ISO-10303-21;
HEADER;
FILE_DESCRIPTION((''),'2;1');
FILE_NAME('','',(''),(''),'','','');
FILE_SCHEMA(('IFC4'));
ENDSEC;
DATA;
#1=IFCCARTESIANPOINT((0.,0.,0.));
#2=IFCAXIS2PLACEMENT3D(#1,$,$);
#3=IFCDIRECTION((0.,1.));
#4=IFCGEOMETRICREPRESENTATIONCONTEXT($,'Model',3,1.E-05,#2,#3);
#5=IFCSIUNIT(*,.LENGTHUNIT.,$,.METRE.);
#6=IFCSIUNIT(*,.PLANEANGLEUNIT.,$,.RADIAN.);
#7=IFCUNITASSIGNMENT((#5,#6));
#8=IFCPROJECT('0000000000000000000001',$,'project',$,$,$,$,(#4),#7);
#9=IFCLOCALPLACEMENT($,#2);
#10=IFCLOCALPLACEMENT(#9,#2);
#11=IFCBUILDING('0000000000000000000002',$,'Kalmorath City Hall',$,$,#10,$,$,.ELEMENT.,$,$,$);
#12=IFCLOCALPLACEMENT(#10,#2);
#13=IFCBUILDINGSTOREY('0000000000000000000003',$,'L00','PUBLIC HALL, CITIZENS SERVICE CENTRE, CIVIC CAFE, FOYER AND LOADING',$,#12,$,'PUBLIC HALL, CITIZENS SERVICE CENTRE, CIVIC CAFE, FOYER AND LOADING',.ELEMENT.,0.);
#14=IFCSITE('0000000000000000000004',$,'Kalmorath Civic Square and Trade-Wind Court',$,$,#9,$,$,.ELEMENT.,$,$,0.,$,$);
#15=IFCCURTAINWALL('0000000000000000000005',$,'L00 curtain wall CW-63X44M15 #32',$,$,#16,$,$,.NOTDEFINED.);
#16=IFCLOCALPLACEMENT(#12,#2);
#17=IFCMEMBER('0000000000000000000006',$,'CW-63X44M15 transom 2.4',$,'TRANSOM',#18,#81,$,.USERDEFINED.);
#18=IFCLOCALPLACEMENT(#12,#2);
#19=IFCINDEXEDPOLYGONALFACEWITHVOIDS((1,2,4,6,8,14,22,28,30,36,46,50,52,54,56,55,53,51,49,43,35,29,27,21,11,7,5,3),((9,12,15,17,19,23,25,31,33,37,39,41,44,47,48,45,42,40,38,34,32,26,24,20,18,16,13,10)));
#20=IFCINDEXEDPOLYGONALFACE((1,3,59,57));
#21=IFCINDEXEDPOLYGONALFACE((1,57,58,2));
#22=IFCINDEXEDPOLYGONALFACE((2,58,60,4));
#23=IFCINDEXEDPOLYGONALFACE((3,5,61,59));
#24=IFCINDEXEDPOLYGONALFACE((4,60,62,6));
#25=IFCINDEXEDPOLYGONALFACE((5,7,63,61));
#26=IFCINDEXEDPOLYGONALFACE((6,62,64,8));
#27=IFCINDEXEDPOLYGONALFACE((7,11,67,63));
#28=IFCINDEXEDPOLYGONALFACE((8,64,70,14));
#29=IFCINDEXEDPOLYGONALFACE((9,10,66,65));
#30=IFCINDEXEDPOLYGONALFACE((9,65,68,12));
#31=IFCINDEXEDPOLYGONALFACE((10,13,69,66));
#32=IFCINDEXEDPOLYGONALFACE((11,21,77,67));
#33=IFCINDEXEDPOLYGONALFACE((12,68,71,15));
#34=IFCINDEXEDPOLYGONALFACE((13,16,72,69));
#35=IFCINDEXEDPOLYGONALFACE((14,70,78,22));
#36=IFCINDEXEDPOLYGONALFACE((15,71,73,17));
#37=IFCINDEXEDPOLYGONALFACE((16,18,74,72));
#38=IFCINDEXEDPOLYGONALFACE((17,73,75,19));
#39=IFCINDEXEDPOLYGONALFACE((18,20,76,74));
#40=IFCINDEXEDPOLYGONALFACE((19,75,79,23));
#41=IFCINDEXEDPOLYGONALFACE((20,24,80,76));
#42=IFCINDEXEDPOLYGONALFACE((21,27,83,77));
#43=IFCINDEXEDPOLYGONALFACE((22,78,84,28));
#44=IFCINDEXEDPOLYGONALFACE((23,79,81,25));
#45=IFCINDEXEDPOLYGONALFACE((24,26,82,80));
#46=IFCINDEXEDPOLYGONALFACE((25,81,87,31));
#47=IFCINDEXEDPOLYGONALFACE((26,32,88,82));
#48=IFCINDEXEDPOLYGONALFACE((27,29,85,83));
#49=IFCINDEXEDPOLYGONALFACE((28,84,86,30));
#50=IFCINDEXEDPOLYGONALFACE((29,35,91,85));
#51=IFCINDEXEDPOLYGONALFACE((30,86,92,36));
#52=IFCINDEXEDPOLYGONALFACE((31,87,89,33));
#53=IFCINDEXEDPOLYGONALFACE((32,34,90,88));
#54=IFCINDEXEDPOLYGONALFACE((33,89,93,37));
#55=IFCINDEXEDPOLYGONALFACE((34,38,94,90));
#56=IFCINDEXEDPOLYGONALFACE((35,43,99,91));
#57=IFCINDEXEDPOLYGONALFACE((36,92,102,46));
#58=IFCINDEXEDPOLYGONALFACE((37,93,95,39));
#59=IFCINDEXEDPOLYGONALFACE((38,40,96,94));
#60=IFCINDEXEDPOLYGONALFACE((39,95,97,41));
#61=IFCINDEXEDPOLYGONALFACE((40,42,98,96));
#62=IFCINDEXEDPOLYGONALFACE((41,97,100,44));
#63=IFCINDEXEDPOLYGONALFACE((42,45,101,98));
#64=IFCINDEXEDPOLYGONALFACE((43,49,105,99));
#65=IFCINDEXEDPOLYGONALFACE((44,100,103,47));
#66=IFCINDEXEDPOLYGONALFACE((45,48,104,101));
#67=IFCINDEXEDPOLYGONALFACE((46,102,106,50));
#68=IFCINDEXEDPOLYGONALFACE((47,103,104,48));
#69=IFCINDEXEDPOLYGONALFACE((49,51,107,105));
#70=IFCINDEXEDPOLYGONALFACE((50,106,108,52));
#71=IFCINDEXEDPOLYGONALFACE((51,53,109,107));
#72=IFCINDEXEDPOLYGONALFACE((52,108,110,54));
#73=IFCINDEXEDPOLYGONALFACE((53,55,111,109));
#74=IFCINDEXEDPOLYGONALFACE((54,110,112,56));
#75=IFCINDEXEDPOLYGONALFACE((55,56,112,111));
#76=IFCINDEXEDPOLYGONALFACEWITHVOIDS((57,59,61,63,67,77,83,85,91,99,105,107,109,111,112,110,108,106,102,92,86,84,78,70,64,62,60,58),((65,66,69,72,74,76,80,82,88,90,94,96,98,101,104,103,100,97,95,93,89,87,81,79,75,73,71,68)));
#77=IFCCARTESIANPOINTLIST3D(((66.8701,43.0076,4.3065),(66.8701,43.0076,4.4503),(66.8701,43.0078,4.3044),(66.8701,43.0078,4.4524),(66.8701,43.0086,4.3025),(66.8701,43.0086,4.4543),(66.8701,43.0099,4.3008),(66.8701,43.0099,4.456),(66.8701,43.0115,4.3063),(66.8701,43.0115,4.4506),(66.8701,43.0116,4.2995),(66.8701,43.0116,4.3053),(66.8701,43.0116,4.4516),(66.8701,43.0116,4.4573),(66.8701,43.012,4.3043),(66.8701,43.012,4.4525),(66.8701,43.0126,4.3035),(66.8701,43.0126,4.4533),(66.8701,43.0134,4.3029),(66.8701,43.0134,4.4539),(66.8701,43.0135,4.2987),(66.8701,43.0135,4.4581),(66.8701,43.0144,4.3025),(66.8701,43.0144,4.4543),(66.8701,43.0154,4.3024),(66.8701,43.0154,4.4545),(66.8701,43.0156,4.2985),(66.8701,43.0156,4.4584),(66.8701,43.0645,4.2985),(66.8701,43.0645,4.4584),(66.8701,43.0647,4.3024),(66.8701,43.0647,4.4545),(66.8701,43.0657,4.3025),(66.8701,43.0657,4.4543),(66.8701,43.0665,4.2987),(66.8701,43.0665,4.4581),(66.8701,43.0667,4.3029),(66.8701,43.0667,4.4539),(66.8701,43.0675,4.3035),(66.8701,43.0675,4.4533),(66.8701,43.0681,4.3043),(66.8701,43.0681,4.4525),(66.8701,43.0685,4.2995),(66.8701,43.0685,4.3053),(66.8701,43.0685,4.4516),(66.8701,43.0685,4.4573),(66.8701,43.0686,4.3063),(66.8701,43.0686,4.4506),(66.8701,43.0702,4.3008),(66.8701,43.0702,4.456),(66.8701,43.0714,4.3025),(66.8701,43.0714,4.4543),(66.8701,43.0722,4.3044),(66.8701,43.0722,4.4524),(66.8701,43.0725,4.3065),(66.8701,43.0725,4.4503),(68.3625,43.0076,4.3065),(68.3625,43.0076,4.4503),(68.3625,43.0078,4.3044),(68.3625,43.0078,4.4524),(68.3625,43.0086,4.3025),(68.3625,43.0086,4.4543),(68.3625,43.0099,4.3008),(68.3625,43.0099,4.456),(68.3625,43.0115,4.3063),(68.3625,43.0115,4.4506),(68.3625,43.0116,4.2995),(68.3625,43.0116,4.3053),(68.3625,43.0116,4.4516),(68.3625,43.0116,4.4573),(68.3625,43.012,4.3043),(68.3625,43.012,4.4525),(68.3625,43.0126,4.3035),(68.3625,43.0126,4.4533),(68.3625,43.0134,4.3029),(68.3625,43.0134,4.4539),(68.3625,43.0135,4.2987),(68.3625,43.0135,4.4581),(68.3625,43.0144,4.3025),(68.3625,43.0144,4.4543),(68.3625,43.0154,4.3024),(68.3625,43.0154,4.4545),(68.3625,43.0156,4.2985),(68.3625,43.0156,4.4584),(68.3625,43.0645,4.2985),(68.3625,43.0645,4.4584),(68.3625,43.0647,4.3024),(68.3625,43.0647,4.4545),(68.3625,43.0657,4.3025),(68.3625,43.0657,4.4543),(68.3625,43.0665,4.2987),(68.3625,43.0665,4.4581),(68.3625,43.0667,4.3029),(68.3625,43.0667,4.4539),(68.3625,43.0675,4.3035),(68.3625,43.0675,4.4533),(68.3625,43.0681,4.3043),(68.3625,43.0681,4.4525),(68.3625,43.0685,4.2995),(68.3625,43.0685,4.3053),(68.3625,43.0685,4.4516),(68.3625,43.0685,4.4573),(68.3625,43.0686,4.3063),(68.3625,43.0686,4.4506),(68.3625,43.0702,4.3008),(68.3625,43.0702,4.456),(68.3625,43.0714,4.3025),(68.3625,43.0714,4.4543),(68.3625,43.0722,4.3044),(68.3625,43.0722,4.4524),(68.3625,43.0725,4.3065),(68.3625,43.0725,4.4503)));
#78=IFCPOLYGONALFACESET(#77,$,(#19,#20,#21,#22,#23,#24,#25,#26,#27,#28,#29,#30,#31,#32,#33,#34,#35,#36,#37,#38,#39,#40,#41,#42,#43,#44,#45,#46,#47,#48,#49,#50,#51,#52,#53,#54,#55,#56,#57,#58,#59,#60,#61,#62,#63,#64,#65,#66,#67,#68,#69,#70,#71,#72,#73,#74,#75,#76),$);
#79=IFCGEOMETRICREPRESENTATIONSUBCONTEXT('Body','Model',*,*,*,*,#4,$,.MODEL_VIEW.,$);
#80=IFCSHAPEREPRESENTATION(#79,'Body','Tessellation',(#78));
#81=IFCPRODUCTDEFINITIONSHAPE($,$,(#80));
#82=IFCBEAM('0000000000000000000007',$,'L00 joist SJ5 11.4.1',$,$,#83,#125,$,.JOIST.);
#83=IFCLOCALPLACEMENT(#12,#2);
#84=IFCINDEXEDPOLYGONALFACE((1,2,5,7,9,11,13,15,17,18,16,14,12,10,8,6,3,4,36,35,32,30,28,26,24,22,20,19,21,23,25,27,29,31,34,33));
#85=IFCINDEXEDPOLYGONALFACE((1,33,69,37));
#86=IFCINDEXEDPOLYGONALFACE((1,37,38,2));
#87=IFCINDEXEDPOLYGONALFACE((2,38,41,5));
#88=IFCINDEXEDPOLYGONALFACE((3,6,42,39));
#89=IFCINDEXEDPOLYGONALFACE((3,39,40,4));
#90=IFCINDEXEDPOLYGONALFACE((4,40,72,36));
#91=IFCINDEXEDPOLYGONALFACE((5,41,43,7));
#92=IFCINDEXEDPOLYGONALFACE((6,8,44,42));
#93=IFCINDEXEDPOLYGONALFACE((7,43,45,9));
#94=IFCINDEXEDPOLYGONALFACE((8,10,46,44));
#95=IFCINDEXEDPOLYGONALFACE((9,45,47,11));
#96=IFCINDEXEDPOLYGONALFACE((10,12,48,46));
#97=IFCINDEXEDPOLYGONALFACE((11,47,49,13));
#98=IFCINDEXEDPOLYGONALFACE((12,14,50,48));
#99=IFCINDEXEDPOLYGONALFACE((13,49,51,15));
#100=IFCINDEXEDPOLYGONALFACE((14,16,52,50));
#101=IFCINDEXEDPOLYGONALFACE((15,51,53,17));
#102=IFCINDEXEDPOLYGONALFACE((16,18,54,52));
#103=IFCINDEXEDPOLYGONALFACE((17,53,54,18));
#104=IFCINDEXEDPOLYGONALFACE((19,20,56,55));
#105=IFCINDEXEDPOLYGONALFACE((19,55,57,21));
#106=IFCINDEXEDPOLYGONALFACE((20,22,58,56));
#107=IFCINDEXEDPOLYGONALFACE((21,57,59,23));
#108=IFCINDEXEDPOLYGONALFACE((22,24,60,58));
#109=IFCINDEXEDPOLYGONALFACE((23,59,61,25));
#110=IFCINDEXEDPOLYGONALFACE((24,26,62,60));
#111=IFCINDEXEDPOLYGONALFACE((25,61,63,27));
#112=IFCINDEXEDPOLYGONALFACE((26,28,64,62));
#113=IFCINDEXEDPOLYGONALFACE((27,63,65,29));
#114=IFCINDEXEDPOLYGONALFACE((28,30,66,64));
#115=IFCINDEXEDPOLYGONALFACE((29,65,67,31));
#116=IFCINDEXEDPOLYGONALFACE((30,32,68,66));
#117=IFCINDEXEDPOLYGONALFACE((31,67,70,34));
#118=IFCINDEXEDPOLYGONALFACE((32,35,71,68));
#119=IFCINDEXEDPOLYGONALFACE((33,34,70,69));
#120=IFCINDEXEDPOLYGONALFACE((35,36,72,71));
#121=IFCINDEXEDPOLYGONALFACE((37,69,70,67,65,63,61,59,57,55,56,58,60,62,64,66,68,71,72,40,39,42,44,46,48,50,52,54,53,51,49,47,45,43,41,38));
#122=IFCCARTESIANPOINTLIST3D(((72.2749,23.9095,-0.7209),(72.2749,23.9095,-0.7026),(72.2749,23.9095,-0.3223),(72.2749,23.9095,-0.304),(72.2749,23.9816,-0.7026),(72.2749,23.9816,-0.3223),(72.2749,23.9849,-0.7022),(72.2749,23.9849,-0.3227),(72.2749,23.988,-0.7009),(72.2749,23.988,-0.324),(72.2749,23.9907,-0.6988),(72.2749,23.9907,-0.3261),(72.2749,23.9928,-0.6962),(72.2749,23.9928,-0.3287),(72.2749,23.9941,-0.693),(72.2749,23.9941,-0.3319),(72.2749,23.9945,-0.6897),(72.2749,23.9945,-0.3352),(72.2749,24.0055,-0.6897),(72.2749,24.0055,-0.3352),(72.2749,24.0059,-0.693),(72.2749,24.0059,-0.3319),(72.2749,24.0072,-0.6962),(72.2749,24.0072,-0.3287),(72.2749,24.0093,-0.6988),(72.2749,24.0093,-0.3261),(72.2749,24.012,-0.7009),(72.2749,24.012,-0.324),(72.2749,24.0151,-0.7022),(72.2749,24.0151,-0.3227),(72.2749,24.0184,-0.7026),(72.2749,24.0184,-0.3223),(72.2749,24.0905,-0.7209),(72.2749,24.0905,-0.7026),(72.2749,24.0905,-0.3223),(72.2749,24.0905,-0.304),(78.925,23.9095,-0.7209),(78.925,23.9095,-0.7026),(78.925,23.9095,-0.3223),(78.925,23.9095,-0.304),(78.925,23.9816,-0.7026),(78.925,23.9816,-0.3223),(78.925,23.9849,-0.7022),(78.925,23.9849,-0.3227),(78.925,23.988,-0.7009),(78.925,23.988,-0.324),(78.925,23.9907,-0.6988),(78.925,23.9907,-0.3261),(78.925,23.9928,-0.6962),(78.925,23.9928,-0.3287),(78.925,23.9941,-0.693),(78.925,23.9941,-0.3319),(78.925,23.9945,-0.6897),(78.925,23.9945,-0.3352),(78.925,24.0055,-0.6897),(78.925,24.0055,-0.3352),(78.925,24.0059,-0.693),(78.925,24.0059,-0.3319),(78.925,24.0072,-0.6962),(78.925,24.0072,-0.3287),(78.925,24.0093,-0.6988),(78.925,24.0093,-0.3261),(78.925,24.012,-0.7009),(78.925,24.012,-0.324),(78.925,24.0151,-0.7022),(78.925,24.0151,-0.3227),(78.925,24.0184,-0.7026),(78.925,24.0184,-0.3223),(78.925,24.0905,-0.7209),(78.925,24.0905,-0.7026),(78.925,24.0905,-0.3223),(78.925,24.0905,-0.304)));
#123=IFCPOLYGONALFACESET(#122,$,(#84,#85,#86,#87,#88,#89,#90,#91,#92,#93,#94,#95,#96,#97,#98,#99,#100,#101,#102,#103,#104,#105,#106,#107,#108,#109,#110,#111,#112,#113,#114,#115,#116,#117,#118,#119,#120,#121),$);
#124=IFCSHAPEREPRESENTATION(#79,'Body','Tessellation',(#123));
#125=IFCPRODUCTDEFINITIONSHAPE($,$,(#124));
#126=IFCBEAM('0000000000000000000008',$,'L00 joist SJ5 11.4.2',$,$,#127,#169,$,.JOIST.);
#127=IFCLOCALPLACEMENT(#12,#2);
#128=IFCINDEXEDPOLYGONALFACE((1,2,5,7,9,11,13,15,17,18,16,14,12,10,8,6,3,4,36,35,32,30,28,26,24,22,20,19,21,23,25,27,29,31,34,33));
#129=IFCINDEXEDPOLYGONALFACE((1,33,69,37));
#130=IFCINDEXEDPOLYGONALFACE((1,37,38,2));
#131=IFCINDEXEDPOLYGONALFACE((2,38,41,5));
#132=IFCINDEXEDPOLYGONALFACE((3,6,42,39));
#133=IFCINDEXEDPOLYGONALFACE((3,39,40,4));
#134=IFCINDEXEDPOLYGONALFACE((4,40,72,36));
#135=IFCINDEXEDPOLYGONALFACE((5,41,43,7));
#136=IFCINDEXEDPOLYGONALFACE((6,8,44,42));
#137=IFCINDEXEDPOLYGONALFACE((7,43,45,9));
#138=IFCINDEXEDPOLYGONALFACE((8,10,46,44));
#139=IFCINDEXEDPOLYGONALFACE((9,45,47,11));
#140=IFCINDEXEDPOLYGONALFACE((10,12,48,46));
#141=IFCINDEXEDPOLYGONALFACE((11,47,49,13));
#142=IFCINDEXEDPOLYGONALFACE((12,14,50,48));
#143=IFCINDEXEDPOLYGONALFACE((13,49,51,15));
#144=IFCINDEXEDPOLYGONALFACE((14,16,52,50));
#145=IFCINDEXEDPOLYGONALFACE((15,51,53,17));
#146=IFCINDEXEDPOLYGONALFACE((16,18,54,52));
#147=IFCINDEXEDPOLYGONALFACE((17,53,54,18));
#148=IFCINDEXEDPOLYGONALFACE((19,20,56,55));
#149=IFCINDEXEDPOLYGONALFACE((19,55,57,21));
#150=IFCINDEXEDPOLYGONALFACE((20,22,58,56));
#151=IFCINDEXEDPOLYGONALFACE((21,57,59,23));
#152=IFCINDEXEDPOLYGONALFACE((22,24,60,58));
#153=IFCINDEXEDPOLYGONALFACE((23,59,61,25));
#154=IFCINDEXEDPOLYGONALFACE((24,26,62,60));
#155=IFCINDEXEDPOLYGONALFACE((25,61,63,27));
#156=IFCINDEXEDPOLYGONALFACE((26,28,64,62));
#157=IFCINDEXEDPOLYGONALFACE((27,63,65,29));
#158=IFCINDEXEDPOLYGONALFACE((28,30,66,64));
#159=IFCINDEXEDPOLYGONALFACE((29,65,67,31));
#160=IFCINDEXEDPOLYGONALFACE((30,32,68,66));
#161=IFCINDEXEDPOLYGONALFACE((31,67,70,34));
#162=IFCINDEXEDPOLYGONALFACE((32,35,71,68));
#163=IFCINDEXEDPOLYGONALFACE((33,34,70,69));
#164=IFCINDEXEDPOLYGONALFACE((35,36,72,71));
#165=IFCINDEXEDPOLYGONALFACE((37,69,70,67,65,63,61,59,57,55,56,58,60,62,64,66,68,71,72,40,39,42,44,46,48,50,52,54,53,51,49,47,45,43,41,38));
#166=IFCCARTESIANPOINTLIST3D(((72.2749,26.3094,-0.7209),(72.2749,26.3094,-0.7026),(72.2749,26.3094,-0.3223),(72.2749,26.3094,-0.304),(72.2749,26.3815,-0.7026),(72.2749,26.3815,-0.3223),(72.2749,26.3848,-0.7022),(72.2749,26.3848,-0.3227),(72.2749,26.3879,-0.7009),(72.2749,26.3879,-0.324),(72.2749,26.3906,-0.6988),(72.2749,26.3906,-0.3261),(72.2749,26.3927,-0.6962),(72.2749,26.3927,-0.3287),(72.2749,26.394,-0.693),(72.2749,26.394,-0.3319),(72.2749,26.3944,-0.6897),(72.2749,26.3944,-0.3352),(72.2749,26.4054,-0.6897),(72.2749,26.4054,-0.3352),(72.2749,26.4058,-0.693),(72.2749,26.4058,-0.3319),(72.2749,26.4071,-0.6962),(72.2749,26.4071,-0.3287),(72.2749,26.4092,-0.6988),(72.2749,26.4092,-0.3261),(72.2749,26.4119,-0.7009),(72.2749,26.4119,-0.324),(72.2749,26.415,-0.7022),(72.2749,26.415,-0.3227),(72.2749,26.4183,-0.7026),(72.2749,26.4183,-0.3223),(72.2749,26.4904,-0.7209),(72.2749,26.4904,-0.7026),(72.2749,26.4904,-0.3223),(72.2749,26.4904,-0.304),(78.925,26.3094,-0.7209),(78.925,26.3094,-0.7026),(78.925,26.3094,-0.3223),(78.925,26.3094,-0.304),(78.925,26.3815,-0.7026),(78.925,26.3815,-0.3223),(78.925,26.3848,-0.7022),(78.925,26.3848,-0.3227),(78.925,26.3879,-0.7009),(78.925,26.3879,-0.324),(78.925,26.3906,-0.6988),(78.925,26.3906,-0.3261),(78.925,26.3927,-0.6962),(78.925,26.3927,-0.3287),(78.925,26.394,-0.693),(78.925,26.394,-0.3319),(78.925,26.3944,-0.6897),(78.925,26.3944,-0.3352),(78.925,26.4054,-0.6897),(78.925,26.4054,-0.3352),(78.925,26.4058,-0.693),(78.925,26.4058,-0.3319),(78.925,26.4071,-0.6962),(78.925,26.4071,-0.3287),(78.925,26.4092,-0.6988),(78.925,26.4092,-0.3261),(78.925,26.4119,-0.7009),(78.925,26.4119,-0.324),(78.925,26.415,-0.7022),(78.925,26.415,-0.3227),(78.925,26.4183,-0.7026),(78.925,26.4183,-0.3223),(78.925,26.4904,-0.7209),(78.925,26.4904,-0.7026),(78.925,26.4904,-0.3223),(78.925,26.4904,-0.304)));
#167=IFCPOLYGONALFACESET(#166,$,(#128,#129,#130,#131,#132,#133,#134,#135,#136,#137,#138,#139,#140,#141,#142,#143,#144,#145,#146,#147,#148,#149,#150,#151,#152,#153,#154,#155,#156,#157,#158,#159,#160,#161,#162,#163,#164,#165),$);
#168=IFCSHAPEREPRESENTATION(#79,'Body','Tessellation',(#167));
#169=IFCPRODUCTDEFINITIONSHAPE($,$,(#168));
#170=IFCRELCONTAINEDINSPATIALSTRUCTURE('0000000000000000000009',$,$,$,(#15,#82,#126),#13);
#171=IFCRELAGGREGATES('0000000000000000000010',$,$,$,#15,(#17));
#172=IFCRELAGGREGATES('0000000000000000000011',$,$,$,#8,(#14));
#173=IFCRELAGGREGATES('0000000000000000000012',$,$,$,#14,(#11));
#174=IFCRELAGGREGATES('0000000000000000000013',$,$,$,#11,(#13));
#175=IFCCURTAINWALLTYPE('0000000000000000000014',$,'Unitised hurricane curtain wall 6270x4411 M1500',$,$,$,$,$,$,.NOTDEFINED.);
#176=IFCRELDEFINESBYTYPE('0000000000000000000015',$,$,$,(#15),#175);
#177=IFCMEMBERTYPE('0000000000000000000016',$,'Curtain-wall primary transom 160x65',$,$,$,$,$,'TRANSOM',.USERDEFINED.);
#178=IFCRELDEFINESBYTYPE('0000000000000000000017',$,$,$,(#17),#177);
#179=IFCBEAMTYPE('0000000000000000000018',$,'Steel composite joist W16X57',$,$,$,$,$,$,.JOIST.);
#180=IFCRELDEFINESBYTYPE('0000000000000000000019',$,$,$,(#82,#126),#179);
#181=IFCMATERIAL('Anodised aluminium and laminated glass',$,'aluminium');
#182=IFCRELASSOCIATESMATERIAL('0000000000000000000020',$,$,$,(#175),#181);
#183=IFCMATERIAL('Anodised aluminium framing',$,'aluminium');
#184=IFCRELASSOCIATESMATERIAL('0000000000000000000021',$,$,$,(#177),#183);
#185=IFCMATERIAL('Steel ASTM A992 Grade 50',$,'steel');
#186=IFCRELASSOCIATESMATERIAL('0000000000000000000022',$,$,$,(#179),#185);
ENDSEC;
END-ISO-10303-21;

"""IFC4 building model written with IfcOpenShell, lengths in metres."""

from ifc_helpers import new_model, si_unit, direction, frame, origin, origin_2d, place, context, subcontext, project, spatial, hollow_rectangle, i_section, extrude, material, material_profile, profile_set, type_object, element, aggregate, save


model = new_model("IFC4")

# Units and contexts
model_context = context("Model", 3, precision=1e-05, world=origin(), true_north=direction((0.0, 1.0)))
body_context = subcontext(model_context, "Body", "Model", "MODEL_VIEW")
ifc_project = project(units=[si_unit("LENGTHUNIT", "METRE"), si_unit("PLANEANGLEUNIT", "RADIAN")], contexts=[model_context])

# Site, building, storey
site_placement = place(None, origin())
site = spatial("IfcSite", under=ifc_project, at=site_placement, Name="Kalmorath Civic Square and Trade-Wind Court", CompositionType="ELEMENT", RefElevation=0.0)
building_placement = place(site_placement, origin())
building = spatial("IfcBuilding", under=site, at=building_placement, Name="Kalmorath City Hall", CompositionType="ELEMENT")
storey_placement = place(building_placement, origin())
storey = spatial("IfcBuildingStorey", under=building, at=storey_placement, Name="L00", Description="PUBLIC HALL, CITIZENS SERVICE CENTRE, CIVIC CAFE, FOYER AND LOADING", LongName="PUBLIC HALL, CITIZENS SERVICE CENTRE, CIVIC CAFE, FOYER AND LOADING", CompositionType="ELEMENT", Elevation=0.0)

# Curtain wall, member
ifc_material_1 = material(Name="Anodised aluminium and laminated glass", Category="aluminium")
curtain_wall_type = type_object("IfcCurtainWallType", Name="Unitised hurricane curtain wall 6270x4411 M1500", PredefinedType="NOTDEFINED", material=ifc_material_1)
curtain_wall_placement = place(storey_placement, origin())
curtain_wall = element("IfcCurtainWall", 1, at=curtain_wall_placement, inside=storey, type_object=curtain_wall_type, Name="L00 curtain wall CW-63X44M15 #32", PredefinedType="NOTDEFINED")
ifc_material_2 = material(Name="Anodised aluminium framing", Category="aluminium")
ifc_material_profile_1 = material_profile(ifc_material_2, hollow_rectangle(XDim=0.0649, YDim=0.1599, WallThickness=0.0039, InnerFilletRadius=0.0039, OuterFilletRadius=0.0081, at=origin_2d()), Name="ALU-TRN-160X65X4")
ifc_profile_set_1 = profile_set([ifc_material_profile_1], Name="Anodised aluminium framing")
member_type_1 = type_object("IfcMemberType", Name="Curtain-wall primary transom 160x65", ElementType="TRANSOM", PredefinedType="USERDEFINED", material=ifc_profile_set_1)
member_1_placement = place(storey_placement, frame((66.8701, 43.04, 4.3784), z_axis=(1.0, 0.0, 0.0), x_axis=(0.0, 1.0, 0.0)))
member_1 = element("IfcMember", 2, at=member_1_placement, type_object=member_type_1, Name="CW-63X44M15 transom 2.4", ObjectType="TRANSOM", PredefinedType="USERDEFINED", context=body_context, shape_type="SweptSolid", body=[
    extrude(hollow_rectangle(XDim=0.0649, YDim=0.1599, WallThickness=0.0039, InnerFilletRadius=0.0039, OuterFilletRadius=0.0081, at=origin_2d()), origin(), (0.0, 0.0, 1.0), 1.4924),
])

# Beams
ifc_material_3 = material(Name="Steel ASTM A992 Grade 50", Category="steel")
ifc_material_profile_2 = material_profile(ifc_material_3, i_section(OverallWidth=0.1809, OverallDepth=0.417, WebThickness=0.011, FlangeThickness=0.0183, FilletRadius=0.0129, at=origin_2d()), Name="W16X57")
ifc_profile_set_2 = profile_set([ifc_material_profile_2], Name="Steel ASTM A992 Grade 50")
beam_type_1 = type_object("IfcBeamType", Name="Steel composite joist W16X57", PredefinedType="JOIST", material=ifc_profile_set_2)
for number, where, z_axis, x_axis, name in (
    (3, (72.2749, 24.0, -0.5125), (1.0, 0.0, 0.0), (0.0, 1.0, 0.0), "L00 joist SJ5 11.4.1"),
    (4, (72.2749, 26.3999, -0.5125), (1.0, 0.0, 0.0), (0.0, 1.0, 0.0), "L00 joist SJ5 11.4.2"),
):
    element("IfcBeam", number, at=place(storey_placement, frame(where, z_axis=z_axis, x_axis=x_axis)), inside=storey, type_object=beam_type_1, Name=name, PredefinedType="JOIST", context=body_context, shape_type="SweptSolid", body=[
        extrude(i_section(OverallWidth=0.1809, OverallDepth=0.417, WebThickness=0.011, FlangeThickness=0.0183, FilletRadius=0.0129, at=origin_2d()), origin(), (0.0, 0.0, 1.0), 6.6501),
    ])

aggregate(curtain_wall, [member_1])

save(model, "model.ifc")
